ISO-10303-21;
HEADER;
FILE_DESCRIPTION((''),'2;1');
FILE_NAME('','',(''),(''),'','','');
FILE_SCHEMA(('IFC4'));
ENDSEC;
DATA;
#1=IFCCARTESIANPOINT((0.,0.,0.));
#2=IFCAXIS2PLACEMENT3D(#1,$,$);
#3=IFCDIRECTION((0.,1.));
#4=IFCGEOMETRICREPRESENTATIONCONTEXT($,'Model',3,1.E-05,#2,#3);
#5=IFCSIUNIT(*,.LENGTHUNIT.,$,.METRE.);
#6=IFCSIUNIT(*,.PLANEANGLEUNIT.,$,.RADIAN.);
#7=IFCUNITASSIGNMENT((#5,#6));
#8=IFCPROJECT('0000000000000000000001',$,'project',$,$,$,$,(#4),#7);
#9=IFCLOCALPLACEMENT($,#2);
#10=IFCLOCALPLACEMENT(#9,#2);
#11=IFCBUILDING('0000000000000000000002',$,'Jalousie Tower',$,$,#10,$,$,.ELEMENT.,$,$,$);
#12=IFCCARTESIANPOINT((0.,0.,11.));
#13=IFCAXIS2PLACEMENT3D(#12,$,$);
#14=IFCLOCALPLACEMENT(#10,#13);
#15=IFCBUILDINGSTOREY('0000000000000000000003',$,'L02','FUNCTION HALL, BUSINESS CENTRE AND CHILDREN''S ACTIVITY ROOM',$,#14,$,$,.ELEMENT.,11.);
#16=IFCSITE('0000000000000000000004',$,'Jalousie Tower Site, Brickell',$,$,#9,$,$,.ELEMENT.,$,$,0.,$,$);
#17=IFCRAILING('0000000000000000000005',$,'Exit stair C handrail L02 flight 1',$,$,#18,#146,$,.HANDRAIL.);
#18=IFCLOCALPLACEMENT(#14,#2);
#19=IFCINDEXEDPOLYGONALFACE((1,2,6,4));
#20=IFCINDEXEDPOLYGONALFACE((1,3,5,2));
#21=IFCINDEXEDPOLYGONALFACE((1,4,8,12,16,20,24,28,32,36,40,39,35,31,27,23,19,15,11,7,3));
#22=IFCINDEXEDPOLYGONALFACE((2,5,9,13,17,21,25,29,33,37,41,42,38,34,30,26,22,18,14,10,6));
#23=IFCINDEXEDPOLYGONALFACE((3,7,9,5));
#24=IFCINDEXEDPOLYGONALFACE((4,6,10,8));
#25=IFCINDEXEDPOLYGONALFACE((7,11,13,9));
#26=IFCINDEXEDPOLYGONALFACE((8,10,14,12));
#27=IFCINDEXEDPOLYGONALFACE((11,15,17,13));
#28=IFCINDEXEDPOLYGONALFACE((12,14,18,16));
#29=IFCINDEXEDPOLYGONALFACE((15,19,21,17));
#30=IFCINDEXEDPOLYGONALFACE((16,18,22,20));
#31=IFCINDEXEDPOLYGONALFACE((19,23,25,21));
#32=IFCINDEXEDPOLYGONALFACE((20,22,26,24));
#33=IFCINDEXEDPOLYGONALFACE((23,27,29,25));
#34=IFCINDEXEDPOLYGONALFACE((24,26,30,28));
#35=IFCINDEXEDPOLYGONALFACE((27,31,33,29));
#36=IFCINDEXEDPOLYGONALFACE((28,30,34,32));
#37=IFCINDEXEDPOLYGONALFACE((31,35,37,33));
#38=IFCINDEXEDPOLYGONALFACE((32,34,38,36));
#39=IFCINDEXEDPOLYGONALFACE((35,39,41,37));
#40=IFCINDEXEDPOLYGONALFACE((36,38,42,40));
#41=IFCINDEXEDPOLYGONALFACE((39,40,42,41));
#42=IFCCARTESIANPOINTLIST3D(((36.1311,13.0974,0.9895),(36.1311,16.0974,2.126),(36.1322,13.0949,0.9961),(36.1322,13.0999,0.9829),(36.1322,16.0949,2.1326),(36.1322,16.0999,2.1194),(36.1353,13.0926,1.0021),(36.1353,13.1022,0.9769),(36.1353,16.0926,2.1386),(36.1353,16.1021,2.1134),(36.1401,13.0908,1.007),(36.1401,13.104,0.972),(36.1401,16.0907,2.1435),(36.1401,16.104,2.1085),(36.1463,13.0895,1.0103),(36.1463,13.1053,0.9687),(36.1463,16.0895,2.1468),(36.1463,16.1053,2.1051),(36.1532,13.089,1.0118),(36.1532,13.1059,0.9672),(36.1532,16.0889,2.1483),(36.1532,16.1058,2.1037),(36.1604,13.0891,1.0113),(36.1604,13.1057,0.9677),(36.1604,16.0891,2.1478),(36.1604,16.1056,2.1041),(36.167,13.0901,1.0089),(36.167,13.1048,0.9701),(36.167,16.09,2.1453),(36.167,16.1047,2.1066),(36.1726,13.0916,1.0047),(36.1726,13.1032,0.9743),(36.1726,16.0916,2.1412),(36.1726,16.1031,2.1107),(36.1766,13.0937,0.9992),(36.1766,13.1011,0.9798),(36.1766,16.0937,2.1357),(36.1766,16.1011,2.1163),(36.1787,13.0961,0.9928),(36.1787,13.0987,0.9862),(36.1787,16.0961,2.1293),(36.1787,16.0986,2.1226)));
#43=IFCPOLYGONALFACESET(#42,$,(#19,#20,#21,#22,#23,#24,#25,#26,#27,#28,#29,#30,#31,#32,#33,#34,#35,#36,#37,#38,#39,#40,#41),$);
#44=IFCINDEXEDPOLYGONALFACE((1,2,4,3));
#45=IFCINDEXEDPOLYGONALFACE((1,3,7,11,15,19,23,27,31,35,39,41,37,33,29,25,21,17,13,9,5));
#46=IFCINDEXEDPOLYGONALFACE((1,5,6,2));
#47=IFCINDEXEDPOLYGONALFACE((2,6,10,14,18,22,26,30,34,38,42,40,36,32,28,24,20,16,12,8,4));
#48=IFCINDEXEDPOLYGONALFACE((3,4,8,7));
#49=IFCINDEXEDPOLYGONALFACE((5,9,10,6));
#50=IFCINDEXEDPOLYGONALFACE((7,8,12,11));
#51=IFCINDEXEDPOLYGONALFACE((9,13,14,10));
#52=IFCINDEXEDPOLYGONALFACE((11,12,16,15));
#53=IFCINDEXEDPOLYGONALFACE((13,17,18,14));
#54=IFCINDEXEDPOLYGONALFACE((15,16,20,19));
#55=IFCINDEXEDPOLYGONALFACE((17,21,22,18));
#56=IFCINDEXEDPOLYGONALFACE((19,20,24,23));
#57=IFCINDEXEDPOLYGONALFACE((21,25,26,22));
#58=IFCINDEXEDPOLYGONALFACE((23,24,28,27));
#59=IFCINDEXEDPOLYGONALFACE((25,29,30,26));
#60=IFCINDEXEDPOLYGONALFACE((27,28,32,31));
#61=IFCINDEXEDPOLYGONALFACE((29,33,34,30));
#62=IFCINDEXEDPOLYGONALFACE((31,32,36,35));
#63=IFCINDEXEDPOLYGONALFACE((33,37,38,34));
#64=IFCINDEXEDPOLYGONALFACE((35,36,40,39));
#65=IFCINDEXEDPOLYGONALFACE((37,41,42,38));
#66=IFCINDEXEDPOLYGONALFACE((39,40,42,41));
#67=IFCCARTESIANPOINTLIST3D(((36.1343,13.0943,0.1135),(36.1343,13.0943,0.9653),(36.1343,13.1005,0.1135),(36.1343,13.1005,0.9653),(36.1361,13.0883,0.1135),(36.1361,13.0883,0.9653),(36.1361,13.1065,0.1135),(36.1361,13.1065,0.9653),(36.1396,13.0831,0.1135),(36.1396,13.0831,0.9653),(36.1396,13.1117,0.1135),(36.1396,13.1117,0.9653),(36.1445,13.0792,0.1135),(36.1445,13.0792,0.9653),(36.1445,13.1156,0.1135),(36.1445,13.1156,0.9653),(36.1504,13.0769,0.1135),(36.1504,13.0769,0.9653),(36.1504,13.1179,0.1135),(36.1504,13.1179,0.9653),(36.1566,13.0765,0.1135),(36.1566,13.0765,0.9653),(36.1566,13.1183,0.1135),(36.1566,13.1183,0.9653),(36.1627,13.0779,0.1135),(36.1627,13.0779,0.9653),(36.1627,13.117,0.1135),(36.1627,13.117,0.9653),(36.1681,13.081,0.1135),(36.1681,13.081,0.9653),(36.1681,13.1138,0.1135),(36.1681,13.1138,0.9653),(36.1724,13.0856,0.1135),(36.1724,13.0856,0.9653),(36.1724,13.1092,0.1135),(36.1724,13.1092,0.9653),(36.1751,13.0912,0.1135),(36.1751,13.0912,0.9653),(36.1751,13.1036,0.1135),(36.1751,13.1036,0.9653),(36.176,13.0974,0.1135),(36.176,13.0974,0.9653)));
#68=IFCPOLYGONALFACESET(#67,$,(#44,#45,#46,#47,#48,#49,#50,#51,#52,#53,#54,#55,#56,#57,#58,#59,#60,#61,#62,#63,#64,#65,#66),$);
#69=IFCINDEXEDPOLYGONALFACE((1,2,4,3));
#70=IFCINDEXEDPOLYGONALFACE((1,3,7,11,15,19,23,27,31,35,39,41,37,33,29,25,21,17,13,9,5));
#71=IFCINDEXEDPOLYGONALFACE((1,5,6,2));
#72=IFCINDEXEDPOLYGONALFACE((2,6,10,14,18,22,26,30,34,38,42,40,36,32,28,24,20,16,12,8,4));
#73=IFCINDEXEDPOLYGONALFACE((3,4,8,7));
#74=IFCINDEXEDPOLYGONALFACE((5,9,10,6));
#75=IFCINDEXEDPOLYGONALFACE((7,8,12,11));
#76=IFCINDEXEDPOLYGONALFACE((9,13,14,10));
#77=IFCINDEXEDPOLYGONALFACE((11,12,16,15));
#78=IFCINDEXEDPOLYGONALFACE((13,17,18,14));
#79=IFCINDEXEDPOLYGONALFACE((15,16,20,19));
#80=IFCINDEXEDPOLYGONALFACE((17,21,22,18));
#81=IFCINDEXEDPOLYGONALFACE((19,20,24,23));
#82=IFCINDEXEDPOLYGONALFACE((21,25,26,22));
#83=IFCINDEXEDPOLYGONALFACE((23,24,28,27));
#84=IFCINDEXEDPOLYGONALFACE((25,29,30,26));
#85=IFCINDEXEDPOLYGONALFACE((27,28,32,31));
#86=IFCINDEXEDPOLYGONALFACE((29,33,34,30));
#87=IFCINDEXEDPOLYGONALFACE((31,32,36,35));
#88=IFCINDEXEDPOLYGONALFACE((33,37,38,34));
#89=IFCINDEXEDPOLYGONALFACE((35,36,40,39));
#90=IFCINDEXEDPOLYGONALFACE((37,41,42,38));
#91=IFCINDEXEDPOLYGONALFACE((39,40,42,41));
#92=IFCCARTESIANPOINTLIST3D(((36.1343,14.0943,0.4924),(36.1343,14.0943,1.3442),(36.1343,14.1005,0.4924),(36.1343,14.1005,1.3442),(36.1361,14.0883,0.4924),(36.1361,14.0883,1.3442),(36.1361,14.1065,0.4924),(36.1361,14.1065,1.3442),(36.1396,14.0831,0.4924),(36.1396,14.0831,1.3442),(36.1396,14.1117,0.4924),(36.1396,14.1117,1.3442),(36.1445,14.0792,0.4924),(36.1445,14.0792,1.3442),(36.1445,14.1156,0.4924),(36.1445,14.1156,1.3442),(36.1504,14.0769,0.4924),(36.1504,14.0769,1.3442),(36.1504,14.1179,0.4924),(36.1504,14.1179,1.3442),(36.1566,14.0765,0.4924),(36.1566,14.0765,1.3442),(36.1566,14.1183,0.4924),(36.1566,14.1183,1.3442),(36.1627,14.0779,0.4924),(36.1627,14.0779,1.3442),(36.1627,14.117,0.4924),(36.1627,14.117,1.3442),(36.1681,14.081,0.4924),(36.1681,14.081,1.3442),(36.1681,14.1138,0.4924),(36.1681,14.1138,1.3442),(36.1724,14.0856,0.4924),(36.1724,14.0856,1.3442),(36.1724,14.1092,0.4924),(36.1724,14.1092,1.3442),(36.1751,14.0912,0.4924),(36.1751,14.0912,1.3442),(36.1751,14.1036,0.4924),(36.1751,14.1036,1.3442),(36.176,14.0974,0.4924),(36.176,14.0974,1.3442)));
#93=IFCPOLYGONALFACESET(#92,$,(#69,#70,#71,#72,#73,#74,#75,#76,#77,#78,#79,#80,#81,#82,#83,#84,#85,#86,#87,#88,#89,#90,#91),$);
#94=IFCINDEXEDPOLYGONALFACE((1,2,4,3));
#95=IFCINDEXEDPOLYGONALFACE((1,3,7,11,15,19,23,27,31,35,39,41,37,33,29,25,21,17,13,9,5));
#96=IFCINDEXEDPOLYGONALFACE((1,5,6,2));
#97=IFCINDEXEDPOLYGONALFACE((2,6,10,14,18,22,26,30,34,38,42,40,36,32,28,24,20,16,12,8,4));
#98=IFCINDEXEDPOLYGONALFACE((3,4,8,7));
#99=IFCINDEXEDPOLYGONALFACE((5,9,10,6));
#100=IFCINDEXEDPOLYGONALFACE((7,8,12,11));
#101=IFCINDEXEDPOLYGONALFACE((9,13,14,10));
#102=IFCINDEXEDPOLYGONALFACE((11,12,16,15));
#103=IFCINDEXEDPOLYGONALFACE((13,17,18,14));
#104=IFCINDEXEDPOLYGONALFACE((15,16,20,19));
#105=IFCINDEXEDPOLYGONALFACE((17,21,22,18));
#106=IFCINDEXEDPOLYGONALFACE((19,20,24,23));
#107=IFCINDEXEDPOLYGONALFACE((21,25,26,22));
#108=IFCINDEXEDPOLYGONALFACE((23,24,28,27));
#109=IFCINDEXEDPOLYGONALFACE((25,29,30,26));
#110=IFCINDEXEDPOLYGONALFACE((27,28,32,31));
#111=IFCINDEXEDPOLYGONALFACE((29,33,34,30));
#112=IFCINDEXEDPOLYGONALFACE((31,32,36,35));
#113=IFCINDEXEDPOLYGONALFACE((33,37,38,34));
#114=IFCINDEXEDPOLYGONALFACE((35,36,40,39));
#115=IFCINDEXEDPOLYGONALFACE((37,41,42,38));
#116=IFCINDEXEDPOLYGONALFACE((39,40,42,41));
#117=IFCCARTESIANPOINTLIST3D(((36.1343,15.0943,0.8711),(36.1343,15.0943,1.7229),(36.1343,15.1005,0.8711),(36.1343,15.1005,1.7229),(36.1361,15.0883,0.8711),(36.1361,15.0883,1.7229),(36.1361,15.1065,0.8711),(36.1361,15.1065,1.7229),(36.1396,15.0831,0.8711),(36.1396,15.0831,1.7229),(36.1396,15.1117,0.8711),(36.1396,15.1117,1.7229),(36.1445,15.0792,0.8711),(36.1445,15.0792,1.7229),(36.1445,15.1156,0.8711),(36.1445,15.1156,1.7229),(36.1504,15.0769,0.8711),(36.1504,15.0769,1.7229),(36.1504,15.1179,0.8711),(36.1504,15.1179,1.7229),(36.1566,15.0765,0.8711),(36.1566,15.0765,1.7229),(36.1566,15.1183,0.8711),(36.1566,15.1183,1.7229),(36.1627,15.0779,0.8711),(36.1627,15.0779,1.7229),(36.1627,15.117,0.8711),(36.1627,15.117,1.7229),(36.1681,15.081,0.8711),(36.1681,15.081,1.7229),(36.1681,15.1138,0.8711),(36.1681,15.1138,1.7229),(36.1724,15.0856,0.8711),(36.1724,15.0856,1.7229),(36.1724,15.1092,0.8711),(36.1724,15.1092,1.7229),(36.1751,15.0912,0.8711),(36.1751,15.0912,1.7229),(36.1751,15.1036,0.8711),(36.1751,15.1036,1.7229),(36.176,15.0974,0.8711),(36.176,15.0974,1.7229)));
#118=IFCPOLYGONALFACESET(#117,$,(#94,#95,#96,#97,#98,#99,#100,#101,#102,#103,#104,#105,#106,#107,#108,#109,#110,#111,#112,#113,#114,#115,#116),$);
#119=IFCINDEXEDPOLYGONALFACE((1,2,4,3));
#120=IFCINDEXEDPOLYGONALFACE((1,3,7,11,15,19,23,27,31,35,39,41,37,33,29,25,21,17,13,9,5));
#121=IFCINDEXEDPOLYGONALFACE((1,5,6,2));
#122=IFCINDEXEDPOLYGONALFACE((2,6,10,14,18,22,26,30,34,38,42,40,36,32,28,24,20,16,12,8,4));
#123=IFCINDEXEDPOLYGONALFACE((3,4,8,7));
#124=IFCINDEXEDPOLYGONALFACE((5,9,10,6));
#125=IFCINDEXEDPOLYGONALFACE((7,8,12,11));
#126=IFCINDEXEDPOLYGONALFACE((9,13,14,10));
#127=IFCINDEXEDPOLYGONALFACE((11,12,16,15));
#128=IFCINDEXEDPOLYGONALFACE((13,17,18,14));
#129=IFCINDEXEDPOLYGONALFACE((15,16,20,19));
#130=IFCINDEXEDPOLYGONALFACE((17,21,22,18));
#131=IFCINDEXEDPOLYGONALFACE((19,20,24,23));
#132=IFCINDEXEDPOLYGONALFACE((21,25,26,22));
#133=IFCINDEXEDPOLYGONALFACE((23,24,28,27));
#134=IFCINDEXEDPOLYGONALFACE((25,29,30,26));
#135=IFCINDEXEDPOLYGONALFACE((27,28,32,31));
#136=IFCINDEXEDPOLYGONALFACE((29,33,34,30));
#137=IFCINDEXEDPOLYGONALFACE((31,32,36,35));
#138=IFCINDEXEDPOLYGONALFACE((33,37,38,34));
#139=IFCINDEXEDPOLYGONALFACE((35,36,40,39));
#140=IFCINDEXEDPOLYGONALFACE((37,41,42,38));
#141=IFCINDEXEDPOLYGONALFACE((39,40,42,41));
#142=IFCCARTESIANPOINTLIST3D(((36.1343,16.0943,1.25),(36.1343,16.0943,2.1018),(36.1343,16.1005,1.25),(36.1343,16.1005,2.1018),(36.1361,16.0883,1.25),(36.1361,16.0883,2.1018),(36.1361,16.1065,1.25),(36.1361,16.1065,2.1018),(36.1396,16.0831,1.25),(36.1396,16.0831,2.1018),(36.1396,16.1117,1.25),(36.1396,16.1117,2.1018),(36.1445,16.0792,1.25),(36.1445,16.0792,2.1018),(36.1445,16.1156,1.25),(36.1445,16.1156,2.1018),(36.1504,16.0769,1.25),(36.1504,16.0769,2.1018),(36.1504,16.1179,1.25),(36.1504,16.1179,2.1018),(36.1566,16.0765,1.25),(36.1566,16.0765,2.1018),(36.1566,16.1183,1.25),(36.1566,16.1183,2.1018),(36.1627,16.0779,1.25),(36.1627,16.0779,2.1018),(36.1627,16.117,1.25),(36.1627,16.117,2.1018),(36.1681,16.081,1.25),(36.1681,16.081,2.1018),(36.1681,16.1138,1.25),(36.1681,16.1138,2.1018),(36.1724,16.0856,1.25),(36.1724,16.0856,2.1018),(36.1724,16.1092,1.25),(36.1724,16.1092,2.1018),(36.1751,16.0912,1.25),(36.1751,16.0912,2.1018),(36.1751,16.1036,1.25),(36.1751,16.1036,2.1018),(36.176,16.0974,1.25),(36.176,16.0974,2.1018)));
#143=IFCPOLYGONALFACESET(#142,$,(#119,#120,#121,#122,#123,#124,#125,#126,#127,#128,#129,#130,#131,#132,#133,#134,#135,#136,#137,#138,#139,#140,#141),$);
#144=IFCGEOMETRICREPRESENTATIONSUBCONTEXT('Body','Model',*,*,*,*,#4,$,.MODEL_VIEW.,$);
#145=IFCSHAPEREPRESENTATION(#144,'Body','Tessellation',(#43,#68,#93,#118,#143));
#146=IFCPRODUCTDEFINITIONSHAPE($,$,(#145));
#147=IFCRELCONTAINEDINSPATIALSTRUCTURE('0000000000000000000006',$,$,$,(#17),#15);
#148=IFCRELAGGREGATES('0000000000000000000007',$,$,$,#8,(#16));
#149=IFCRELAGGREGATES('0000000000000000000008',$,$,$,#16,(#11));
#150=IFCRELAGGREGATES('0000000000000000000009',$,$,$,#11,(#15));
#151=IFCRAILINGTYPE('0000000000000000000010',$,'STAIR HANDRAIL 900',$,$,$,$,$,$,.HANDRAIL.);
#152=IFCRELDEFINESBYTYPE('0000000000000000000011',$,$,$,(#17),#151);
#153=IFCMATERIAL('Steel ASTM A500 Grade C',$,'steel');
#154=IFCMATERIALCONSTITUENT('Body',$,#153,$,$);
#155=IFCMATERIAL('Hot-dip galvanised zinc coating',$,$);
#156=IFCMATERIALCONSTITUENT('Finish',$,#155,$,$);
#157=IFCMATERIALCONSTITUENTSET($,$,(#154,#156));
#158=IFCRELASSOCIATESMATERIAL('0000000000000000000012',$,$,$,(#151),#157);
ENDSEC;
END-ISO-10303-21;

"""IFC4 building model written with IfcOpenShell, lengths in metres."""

from ifc_helpers import new_model, si_unit, direction, frame, origin, origin_2d, place, context, subcontext, project, spatial, circle, extrude, material, constituent, constituent_set, type_object, element, save


model = new_model("IFC4")

# Units and contexts
model_context = context("Model", 3, precision=1e-05, world=origin(), true_north=direction((0.0, 1.0)))
body_context = subcontext(model_context, "Body", "Model", "MODEL_VIEW")
ifc_project = project(units=[si_unit("LENGTHUNIT", "METRE"), si_unit("PLANEANGLEUNIT", "RADIAN")], contexts=[model_context])

# Site, building, storey
site_placement = place(None, origin())
site = spatial("IfcSite", under=ifc_project, at=site_placement, Name="Jalousie Tower Site, Brickell", CompositionType="ELEMENT", RefElevation=0.0)
building_placement = place(site_placement, origin())
building = spatial("IfcBuilding", under=site, at=building_placement, Name="Jalousie Tower", CompositionType="ELEMENT")
storey_placement = place(building_placement, frame((0.0, 0.0, 11.0)))
storey = spatial("IfcBuildingStorey", under=building, at=storey_placement, Name="L02", Description="FUNCTION HALL, BUSINESS CENTRE AND CHILDREN'S ACTIVITY ROOM", CompositionType="ELEMENT", Elevation=11.0)

# Railing
ifc_material_1 = material(Name="Steel ASTM A500 Grade C", Category="steel")
ifc_constituent_1 = constituent(ifc_material_1, Name="Body")
ifc_material_2 = material(Name="Hot-dip galvanised zinc coating")
ifc_constituent_2 = constituent(ifc_material_2, Name="Finish")
ifc_constituent_set = constituent_set(constituents=[ifc_constituent_1, ifc_constituent_2])
railing_type = type_object("IfcRailingType", Name="STAIR HANDRAIL 900", PredefinedType="HANDRAIL", material=ifc_constituent_set)
for number, where, name in (
    (1, (36.155, 13.0974, 0.1135), "Exit stair C handrail L02 flight 1"),
):
    element("IfcRailing", number, at=place(storey_placement, frame(where)), inside=storey, type_object=railing_type, Name=name, PredefinedType="HANDRAIL", context=body_context, shape_type="SweptSolid", body=[
        extrude(circle(Radius=0.0239, at=origin_2d()), frame((0.0, 0.0, 0.876), z_axis=(0.0, 0.935148, 0.354257), x_axis=(-1.0, 0.0, 0.0)), (0.0, 0.0, 1.0), 3.208),
        extrude(circle(Radius=0.021, at=origin_2d()), origin(), (0.0, 0.0, 1.0), 0.8518),
        extrude(circle(Radius=0.021, at=origin_2d()), frame((0.0, 1.0, 0.3789)), (0.0, 0.0, 1.0), 0.8518),
        extrude(circle(Radius=0.021, at=origin_2d()), frame((0.0, 2.0, 0.7576)), (0.0, 0.0, 1.0), 0.8518),
        extrude(circle(Radius=0.021, at=origin_2d()), frame((0.0, 3.0, 1.1365)), (0.0, 0.0, 1.0), 0.8518),
    ])

save(model, "model.ifc")
